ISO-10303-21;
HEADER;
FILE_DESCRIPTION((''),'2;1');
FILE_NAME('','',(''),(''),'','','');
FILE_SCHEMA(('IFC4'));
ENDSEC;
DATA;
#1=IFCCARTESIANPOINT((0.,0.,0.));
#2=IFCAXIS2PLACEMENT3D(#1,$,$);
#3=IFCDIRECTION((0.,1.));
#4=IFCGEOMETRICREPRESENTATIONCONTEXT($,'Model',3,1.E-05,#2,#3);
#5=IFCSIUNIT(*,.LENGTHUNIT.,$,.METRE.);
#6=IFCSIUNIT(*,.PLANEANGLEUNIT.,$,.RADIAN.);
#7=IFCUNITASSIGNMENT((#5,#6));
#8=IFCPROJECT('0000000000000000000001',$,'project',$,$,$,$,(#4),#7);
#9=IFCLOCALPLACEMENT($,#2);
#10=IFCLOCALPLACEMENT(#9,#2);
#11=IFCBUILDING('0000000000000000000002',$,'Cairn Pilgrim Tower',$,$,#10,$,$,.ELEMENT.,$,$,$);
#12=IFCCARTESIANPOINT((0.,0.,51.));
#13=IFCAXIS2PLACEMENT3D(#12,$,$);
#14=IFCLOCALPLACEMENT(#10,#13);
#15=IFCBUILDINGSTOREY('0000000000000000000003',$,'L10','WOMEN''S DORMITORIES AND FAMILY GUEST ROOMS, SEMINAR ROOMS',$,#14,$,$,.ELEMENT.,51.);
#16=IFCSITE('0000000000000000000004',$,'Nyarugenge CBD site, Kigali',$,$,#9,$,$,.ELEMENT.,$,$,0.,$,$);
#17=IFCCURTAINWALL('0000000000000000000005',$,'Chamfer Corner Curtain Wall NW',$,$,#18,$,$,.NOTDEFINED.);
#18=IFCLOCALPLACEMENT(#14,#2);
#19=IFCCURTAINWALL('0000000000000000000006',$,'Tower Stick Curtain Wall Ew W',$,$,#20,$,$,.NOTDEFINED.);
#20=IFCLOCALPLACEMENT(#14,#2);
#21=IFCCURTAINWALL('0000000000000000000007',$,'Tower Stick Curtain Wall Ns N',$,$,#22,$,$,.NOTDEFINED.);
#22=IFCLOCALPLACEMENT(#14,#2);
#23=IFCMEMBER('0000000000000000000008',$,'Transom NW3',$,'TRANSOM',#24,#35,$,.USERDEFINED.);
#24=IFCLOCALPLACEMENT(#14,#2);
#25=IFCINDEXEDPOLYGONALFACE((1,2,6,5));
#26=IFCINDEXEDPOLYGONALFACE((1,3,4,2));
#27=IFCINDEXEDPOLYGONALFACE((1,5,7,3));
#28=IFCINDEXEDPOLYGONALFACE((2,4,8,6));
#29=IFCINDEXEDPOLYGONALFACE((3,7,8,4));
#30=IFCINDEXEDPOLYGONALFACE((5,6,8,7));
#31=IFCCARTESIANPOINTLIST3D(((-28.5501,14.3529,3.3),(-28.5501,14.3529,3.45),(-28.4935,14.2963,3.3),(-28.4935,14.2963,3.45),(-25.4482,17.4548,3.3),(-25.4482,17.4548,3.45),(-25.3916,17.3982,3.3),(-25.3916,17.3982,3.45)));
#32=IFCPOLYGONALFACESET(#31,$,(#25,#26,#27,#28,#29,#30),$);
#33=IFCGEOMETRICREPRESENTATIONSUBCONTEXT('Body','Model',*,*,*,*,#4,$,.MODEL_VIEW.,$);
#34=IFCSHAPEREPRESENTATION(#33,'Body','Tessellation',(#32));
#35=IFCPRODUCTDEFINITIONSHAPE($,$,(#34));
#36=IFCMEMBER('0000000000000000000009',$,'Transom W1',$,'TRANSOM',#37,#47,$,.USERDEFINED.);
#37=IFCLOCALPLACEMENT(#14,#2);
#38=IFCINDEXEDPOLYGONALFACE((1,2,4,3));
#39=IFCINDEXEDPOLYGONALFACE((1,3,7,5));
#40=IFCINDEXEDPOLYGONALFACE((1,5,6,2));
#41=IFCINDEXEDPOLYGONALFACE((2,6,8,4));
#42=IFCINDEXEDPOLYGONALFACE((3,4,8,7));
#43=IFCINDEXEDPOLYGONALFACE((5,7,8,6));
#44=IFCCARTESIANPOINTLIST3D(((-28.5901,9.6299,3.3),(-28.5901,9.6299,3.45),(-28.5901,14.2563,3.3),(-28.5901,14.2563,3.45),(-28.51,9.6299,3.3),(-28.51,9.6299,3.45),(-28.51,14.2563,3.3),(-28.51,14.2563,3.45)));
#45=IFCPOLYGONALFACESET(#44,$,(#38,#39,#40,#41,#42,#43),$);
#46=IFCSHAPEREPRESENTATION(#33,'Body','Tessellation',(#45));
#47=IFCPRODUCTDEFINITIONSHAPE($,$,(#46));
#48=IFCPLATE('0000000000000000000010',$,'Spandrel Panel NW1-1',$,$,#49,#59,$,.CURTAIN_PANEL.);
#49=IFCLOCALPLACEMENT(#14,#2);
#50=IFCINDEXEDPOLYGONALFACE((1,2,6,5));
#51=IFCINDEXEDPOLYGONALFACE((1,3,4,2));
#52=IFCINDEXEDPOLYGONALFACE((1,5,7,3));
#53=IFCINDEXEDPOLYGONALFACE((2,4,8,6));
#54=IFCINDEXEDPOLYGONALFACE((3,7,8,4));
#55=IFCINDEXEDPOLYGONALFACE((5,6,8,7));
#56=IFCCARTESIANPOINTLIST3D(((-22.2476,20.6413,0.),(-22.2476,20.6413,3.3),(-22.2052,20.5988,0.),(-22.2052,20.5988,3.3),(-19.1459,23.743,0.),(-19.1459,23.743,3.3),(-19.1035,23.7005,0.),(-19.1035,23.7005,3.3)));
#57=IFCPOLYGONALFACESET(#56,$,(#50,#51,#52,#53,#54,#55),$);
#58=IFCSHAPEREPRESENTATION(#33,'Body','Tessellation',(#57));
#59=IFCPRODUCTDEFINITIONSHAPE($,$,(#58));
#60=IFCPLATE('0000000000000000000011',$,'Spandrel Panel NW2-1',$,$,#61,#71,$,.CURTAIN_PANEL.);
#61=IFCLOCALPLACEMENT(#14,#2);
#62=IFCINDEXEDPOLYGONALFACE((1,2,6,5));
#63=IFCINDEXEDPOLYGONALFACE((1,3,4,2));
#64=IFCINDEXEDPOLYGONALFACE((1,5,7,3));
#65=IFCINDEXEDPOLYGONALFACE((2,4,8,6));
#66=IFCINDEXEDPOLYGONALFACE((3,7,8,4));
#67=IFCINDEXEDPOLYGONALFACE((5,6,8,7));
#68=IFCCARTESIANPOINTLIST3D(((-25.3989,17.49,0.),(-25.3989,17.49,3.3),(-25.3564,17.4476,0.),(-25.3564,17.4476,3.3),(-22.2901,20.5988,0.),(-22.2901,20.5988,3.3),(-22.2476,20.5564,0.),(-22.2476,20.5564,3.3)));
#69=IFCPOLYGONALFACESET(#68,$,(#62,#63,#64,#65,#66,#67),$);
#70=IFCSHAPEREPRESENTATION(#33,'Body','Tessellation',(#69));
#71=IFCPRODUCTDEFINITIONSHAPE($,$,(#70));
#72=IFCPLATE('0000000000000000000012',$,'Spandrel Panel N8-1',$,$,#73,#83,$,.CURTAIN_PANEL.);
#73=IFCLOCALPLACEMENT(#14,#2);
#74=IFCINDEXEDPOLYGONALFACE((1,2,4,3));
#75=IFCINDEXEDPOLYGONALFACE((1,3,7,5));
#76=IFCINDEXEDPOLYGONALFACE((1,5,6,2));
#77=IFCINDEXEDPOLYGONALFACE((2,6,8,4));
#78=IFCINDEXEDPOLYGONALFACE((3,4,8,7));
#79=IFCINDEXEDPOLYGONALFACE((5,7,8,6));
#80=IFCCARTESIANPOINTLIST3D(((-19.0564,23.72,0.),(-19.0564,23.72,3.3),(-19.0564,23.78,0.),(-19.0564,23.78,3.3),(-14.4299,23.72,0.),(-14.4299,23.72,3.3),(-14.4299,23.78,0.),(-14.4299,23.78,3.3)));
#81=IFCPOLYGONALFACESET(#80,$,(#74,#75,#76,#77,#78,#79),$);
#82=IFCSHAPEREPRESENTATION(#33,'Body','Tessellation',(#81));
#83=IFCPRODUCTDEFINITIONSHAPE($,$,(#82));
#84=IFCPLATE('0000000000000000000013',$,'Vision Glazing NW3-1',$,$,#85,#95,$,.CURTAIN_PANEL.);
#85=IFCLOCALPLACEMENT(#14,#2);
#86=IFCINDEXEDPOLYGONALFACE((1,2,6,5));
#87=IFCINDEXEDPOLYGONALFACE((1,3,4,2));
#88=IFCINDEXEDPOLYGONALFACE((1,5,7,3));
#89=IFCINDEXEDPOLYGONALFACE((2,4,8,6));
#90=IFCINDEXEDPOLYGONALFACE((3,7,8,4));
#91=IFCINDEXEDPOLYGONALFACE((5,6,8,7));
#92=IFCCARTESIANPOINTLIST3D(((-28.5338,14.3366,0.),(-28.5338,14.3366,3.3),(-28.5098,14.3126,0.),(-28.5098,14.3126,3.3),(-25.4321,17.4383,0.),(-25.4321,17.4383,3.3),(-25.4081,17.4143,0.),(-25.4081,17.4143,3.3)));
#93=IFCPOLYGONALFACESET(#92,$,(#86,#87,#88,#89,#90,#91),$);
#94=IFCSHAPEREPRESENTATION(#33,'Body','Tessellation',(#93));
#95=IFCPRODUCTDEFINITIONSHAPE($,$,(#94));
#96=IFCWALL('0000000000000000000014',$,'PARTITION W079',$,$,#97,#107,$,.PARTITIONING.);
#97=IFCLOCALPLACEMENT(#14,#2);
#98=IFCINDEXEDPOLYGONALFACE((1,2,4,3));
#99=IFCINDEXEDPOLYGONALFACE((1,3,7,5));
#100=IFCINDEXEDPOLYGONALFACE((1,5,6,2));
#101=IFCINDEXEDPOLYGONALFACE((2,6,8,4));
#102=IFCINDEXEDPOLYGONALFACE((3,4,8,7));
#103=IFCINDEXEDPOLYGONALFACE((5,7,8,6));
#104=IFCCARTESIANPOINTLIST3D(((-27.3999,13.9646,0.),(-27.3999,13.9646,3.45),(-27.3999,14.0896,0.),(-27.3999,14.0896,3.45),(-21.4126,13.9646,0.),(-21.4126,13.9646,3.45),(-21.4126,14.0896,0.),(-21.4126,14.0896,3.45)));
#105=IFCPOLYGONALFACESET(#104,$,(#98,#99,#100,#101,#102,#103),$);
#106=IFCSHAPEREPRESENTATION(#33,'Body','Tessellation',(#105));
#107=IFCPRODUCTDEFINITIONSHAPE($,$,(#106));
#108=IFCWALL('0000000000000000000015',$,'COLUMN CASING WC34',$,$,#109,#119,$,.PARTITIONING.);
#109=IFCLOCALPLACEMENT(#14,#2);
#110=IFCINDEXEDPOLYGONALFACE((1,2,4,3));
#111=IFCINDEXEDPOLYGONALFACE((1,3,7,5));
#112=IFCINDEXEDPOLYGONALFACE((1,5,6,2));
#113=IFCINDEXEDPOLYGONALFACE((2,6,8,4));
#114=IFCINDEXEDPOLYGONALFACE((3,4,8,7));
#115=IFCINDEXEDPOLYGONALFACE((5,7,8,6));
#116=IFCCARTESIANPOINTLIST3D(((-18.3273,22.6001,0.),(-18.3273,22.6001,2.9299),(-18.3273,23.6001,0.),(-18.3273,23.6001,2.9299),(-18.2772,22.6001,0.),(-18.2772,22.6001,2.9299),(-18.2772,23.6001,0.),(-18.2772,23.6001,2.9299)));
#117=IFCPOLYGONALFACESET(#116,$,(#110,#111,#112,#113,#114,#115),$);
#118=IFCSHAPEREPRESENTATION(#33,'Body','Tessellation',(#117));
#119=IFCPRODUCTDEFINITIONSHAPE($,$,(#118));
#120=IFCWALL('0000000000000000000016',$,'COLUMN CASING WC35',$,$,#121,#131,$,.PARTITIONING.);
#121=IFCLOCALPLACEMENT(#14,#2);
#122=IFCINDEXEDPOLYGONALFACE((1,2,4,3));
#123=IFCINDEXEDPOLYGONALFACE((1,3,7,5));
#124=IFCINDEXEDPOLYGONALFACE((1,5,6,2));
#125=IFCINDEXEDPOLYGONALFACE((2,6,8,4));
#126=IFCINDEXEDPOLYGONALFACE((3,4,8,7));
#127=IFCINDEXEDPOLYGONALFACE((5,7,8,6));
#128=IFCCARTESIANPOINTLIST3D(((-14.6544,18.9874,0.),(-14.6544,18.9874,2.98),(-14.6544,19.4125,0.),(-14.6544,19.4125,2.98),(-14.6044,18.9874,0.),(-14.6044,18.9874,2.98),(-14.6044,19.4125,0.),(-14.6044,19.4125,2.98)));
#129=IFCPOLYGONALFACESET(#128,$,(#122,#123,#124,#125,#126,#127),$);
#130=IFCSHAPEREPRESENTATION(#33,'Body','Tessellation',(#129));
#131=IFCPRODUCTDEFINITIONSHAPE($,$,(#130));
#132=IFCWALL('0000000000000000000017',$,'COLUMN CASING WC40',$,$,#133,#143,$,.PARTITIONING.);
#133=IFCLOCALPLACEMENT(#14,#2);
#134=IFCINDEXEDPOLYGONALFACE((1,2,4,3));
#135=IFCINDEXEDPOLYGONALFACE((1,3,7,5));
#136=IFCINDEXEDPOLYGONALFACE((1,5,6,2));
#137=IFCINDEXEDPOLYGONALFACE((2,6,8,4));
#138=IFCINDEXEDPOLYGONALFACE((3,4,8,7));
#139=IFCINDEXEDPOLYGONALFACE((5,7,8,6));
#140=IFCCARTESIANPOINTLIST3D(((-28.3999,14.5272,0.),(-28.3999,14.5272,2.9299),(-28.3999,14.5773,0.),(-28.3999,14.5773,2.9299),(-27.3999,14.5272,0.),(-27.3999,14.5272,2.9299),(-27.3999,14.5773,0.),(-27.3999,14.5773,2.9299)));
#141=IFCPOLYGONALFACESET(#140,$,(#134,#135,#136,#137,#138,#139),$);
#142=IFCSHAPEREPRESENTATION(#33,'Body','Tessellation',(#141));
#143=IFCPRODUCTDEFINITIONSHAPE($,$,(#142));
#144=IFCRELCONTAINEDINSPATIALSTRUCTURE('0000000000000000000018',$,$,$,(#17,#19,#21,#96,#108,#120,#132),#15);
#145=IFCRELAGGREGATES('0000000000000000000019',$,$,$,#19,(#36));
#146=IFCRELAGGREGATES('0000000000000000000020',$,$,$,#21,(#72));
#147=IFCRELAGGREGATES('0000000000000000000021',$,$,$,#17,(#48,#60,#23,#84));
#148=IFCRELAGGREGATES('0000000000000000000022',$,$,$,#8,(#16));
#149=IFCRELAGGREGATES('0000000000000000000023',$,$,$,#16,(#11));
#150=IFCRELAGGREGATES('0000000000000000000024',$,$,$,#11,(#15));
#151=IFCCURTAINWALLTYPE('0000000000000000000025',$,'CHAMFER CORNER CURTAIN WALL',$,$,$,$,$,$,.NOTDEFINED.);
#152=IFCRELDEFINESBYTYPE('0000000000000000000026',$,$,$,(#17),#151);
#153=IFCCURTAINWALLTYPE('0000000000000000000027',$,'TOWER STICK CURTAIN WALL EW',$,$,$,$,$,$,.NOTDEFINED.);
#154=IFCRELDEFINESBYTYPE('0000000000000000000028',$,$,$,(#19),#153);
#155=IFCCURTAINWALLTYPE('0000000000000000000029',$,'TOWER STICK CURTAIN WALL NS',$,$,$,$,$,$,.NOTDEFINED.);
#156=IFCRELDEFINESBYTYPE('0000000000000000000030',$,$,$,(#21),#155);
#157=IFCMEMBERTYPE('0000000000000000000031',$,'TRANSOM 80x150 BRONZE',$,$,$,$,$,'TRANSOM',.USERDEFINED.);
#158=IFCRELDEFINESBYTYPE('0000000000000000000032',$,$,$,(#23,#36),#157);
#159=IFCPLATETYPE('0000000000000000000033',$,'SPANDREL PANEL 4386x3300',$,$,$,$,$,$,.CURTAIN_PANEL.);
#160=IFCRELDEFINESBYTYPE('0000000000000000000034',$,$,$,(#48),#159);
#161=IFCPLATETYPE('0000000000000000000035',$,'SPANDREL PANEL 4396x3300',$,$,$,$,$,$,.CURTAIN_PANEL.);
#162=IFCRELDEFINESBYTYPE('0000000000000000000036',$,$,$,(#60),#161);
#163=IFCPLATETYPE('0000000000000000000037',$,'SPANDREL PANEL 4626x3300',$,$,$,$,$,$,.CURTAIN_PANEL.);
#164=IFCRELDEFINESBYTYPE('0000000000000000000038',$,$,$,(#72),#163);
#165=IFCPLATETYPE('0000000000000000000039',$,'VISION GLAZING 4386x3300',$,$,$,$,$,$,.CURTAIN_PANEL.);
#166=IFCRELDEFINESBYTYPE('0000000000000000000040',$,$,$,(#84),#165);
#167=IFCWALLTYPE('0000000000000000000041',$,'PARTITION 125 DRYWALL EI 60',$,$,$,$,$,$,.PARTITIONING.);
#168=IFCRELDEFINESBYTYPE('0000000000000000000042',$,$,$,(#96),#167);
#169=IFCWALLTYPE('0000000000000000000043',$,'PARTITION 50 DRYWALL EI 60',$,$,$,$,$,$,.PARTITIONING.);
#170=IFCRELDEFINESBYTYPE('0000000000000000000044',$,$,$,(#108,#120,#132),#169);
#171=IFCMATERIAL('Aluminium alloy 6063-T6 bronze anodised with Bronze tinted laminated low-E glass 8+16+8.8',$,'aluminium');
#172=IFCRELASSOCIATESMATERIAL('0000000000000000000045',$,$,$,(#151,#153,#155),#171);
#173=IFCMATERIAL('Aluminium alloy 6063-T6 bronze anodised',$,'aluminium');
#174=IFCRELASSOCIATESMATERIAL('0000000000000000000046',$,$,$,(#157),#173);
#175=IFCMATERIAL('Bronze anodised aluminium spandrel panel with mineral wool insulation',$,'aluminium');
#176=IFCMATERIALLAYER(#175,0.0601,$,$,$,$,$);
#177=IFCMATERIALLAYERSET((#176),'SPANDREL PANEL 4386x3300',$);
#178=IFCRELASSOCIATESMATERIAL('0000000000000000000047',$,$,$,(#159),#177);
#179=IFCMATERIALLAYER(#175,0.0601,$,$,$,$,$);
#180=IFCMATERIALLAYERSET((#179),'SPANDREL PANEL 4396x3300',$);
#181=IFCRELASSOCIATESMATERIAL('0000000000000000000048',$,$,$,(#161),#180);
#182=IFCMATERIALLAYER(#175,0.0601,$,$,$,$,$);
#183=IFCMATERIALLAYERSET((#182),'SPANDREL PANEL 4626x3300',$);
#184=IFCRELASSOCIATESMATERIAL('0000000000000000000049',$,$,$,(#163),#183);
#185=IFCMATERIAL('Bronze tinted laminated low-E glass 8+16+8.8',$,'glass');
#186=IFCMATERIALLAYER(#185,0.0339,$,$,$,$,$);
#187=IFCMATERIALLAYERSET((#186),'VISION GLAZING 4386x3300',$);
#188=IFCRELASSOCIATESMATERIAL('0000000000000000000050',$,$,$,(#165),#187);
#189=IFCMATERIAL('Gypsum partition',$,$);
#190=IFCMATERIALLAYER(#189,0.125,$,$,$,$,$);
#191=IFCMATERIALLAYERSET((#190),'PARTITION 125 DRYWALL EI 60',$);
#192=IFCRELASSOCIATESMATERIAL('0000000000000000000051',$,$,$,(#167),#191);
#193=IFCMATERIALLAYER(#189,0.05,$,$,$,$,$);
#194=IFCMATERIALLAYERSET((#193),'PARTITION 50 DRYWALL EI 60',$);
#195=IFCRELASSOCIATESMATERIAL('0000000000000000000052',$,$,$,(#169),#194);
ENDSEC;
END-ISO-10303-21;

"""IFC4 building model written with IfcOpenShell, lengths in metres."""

from ifc_helpers import new_model, si_unit, direction, frame, frame_2d, origin, origin_2d, place, context, subcontext, project, spatial, rectangle, extrude, material, layer, layer_set, material_profile, profile_set, type_object, element, aggregate, save


model = new_model("IFC4")

# Units and contexts
model_context = context("Model", 3, precision=1e-05, world=origin(), true_north=direction((0.0, 1.0)))
body_context = subcontext(model_context, "Body", "Model", "MODEL_VIEW")
ifc_project = project(units=[si_unit("LENGTHUNIT", "METRE"), si_unit("PLANEANGLEUNIT", "RADIAN")], contexts=[model_context])

# Site, building, storey
site_placement = place(None, origin())
site = spatial("IfcSite", under=ifc_project, at=site_placement, Name="Nyarugenge CBD site, Kigali", CompositionType="ELEMENT", RefElevation=0.0)
building_placement = place(site_placement, origin())
building = spatial("IfcBuilding", under=site, at=building_placement, Name="Cairn Pilgrim Tower", CompositionType="ELEMENT")
storey_placement = place(building_placement, frame((0.0, 0.0, 51.0)))
storey = spatial("IfcBuildingStorey", under=building, at=storey_placement, Name="L10", Description="WOMEN'S DORMITORIES AND FAMILY GUEST ROOMS, SEMINAR ROOMS", CompositionType="ELEMENT", Elevation=51.0)

# Curtain wall
ifc_material_1 = material(Name="Aluminium alloy 6063-T6 bronze anodised with Bronze tinted laminated low-E glass 8+16+8.8", Category="aluminium")
curtain_wall_type_1 = type_object("IfcCurtainWallType", Name="CHAMFER CORNER CURTAIN WALL", PredefinedType="NOTDEFINED", material=ifc_material_1)
curtain_wall_1_placement = place(storey_placement, origin())
curtain_wall_1 = element("IfcCurtainWall", 1, at=curtain_wall_1_placement, inside=storey, type_object=curtain_wall_type_1, Name="Chamfer Corner Curtain Wall NW", PredefinedType="NOTDEFINED")
ifc_material_2 = material(Name="Aluminium alloy 6063-T6 bronze anodised", Category="aluminium")

# Curtain wall
curtain_wall_type_2 = type_object("IfcCurtainWallType", Name="TOWER STICK CURTAIN WALL EW", PredefinedType="NOTDEFINED", material=ifc_material_1)
curtain_wall_2_placement = place(storey_placement, origin())
curtain_wall_2 = element("IfcCurtainWall", 2, at=curtain_wall_2_placement, inside=storey, type_object=curtain_wall_type_2, Name="Tower Stick Curtain Wall Ew W", PredefinedType="NOTDEFINED")

# Curtain wall
curtain_wall_type_3 = type_object("IfcCurtainWallType", Name="TOWER STICK CURTAIN WALL NS", PredefinedType="NOTDEFINED", material=ifc_material_1)
curtain_wall_3_placement = place(storey_placement, origin())
curtain_wall_3 = element("IfcCurtainWall", 3, at=curtain_wall_3_placement, inside=storey, type_object=curtain_wall_type_3, Name="Tower Stick Curtain Wall Ns N", PredefinedType="NOTDEFINED")
ifc_material_profile_1 = material_profile(ifc_material_2, rectangle(XDim=0.0801, YDim=0.1499, at=origin_2d()), Name="TRANSOM 80x150 BRONZE")
ifc_profile_set_1 = profile_set([ifc_material_profile_1], Name="Aluminium alloy 6063-T6 bronze anodised")
member_type_1 = type_object("IfcMemberType", Name="TRANSOM 80x150 BRONZE", ElementType="TRANSOM", PredefinedType="USERDEFINED", material=ifc_profile_set_1)

# Members
member_1_placement = place(storey_placement, frame((-25.4199, 17.4265, 3.375), z_axis=(-0.707107, -0.707107, 0.0), x_axis=(0.707107, -0.707107, 0.0)))
member_1 = element("IfcMember", 4, at=member_1_placement, type_object=member_type_1, Name="Transom NW3", ObjectType="TRANSOM", PredefinedType="USERDEFINED", context=body_context, shape_type="SweptSolid", body=[
    extrude(rectangle(XDim=0.0801, YDim=0.1499, at=origin_2d()), origin(), (0.0, 0.0, 1.0), 4.3867),
])
member_2_placement = place(storey_placement, frame((-28.55, 14.2563, 3.375), z_axis=(0.0, -1.0, 0.0), x_axis=(1.0, 0.0, 0.0)))
member_2 = element("IfcMember", 5, at=member_2_placement, type_object=member_type_1, Name="Transom W1", ObjectType="TRANSOM", PredefinedType="USERDEFINED", context=body_context, shape_type="SweptSolid", body=[
    extrude(rectangle(XDim=0.0801, YDim=0.1499, at=origin_2d()), origin(), (0.0, 0.0, 1.0), 4.6265),
])
aggregate(curtain_wall_2, [member_2])

# Plates
ifc_material_3 = material(Name="Bronze anodised aluminium spandrel panel with mineral wool insulation", Category="aluminium")
ifc_layer_1 = layer(ifc_material_3, 0.0601)
ifc_layer_set_1 = layer_set([ifc_layer_1], Name="SPANDREL PANEL 4386x3300")
plate_type_1 = type_object("IfcPlateType", Name="SPANDREL PANEL 4386x3300", PredefinedType="CURTAIN_PANEL", material=ifc_layer_set_1)
plate_1_placement = place(storey_placement, frame((-20.6755, 22.1709, 0.0), z_axis=(0.0, 0.0, 1.0), x_axis=(-0.707107, -0.707107, 0.0)))
plate_1 = element("IfcPlate", 6, at=plate_1_placement, type_object=plate_type_1, Name="Spandrel Panel NW1-1", PredefinedType="CURTAIN_PANEL", context=body_context, shape_type="SweptSolid", body=[
    extrude(rectangle(XDim=4.3865, YDim=0.0601, at=origin_2d()), origin(), (0.0, 0.0, 1.0), 3.3),
])
ifc_layer_2 = layer(ifc_material_3, 0.0601)
ifc_layer_set_2 = layer_set([ifc_layer_2], Name="SPANDREL PANEL 4396x3300")
plate_type_2 = type_object("IfcPlateType", Name="SPANDREL PANEL 4396x3300", PredefinedType="CURTAIN_PANEL", material=ifc_layer_set_2)
plate_2_placement = place(storey_placement, frame((-23.8232, 19.0232, 0.0), z_axis=(0.0, 0.0, 1.0), x_axis=(-0.707107, -0.707107, 0.0)))
plate_2 = element("IfcPlate", 7, at=plate_2_placement, type_object=plate_type_2, Name="Spandrel Panel NW2-1", PredefinedType="CURTAIN_PANEL", context=body_context, shape_type="SweptSolid", body=[
    extrude(rectangle(XDim=4.3965, YDim=0.0601, at=origin_2d()), origin(), (0.0, 0.0, 1.0), 3.3),
])
ifc_layer_3 = layer(ifc_material_3, 0.0601)
ifc_layer_set_3 = layer_set([ifc_layer_3], Name="SPANDREL PANEL 4626x3300")
plate_type_3 = type_object("IfcPlateType", Name="SPANDREL PANEL 4626x3300", PredefinedType="CURTAIN_PANEL", material=ifc_layer_set_3)
plate_3_placement = place(storey_placement, frame((-16.7432, 23.75, 0.0), z_axis=(0.0, 0.0, 1.0), x_axis=(-1.0, 0.0, 0.0)))
plate_3 = element("IfcPlate", 8, at=plate_3_placement, type_object=plate_type_3, Name="Spandrel Panel N8-1", PredefinedType="CURTAIN_PANEL", context=body_context, shape_type="SweptSolid", body=[
    extrude(rectangle(XDim=4.6265, YDim=0.0601, at=origin_2d()), origin(), (0.0, 0.0, 1.0), 3.3),
])
aggregate(curtain_wall_3, [plate_3])
ifc_material_4 = material(Name="Bronze tinted laminated low-E glass 8+16+8.8", Category="glass")
ifc_layer_4 = layer(ifc_material_4, 0.0339)
ifc_layer_set_4 = layer_set([ifc_layer_4], Name="VISION GLAZING 4386x3300")
plate_type_4 = type_object("IfcPlateType", Name="VISION GLAZING 4386x3300", PredefinedType="CURTAIN_PANEL", material=ifc_layer_set_4)
plate_4_placement = place(storey_placement, frame((-26.9709, 15.8755, 0.0), z_axis=(0.0, 0.0, 1.0), x_axis=(-0.707107, -0.707107, 0.0)))
plate_4 = element("IfcPlate", 9, at=plate_4_placement, type_object=plate_type_4, Name="Vision Glazing NW3-1", PredefinedType="CURTAIN_PANEL", context=body_context, shape_type="SweptSolid", body=[
    extrude(rectangle(XDim=4.3865, YDim=0.0339, at=origin_2d()), origin(), (0.0, 0.0, 1.0), 3.3),
])
aggregate(curtain_wall_1, [plate_1, plate_2, member_1, plate_4])

# Walls
ifc_material_5 = material(Name="Gypsum partition")
ifc_layer_5 = layer(ifc_material_5, 0.125)
ifc_layer_set_5 = layer_set([ifc_layer_5], Name="PARTITION 125 DRYWALL EI 60")
wall_type_1 = type_object("IfcWallType", Name="PARTITION 125 DRYWALL EI 60", PredefinedType="PARTITIONING", material=ifc_layer_set_5)
wall_1_placement = place(storey_placement, frame((-27.3999, 14.0271, 0.0), z_axis=(0.0, 0.0, 1.0), x_axis=(1.0, 0.0, 0.0)))
element("IfcWall", 10, at=wall_1_placement, inside=storey, type_object=wall_type_1, Name="PARTITION W079", PredefinedType="PARTITIONING", context=body_context, shape_type="SweptSolid", body=[
    extrude(rectangle(XDim=5.9873, YDim=0.125, at=frame_2d((2.9937, 0.0))), origin(), (0.0, 0.0, 1.0), 3.45),
])
ifc_layer_6 = layer(ifc_material_5, 0.05)
ifc_layer_set_6 = layer_set([ifc_layer_6], Name="PARTITION 50 DRYWALL EI 60")
wall_type_2 = type_object("IfcWallType", Name="PARTITION 50 DRYWALL EI 60", PredefinedType="PARTITIONING", material=ifc_layer_set_6)
wall_2_placement = place(storey_placement, frame((-18.3022, 22.6001, 0.0), z_axis=(0.0, 0.0, 1.0), x_axis=(0.0, 1.0, 0.0)))
element("IfcWall", 11, at=wall_2_placement, inside=storey, type_object=wall_type_2, Name="COLUMN CASING WC34", PredefinedType="PARTITIONING", context=body_context, shape_type="SweptSolid", body=[
    extrude(rectangle(XDim=1.0, YDim=0.05, at=frame_2d((0.5, 0.0))), origin(), (0.0, 0.0, 1.0), 2.9299),
])
wall_3_placement = place(storey_placement, frame((-14.6294, 18.9875, 0.0), z_axis=(0.0, 0.0, 1.0), x_axis=(0.0, 1.0, 0.0)))
element("IfcWall", 12, at=wall_3_placement, inside=storey, type_object=wall_type_2, Name="COLUMN CASING WC35", PredefinedType="PARTITIONING", context=body_context, shape_type="SweptSolid", body=[
    extrude(rectangle(XDim=0.425, YDim=0.05, at=frame_2d((0.2124, 0.0))), origin(), (0.0, 0.0, 1.0), 2.98),
])
wall_4_placement = place(storey_placement, frame((-28.3999, 14.5522, 0.0), z_axis=(0.0, 0.0, 1.0), x_axis=(1.0, 0.0, 0.0)))
element("IfcWall", 13, at=wall_4_placement, inside=storey, type_object=wall_type_2, Name="COLUMN CASING WC40", PredefinedType="PARTITIONING", context=body_context, shape_type="SweptSolid", body=[
    extrude(rectangle(XDim=1.0, YDim=0.05, at=frame_2d((0.5, 0.0))), origin(), (0.0, 0.0, 1.0), 2.9299),
])

save(model, "model.ifc")
